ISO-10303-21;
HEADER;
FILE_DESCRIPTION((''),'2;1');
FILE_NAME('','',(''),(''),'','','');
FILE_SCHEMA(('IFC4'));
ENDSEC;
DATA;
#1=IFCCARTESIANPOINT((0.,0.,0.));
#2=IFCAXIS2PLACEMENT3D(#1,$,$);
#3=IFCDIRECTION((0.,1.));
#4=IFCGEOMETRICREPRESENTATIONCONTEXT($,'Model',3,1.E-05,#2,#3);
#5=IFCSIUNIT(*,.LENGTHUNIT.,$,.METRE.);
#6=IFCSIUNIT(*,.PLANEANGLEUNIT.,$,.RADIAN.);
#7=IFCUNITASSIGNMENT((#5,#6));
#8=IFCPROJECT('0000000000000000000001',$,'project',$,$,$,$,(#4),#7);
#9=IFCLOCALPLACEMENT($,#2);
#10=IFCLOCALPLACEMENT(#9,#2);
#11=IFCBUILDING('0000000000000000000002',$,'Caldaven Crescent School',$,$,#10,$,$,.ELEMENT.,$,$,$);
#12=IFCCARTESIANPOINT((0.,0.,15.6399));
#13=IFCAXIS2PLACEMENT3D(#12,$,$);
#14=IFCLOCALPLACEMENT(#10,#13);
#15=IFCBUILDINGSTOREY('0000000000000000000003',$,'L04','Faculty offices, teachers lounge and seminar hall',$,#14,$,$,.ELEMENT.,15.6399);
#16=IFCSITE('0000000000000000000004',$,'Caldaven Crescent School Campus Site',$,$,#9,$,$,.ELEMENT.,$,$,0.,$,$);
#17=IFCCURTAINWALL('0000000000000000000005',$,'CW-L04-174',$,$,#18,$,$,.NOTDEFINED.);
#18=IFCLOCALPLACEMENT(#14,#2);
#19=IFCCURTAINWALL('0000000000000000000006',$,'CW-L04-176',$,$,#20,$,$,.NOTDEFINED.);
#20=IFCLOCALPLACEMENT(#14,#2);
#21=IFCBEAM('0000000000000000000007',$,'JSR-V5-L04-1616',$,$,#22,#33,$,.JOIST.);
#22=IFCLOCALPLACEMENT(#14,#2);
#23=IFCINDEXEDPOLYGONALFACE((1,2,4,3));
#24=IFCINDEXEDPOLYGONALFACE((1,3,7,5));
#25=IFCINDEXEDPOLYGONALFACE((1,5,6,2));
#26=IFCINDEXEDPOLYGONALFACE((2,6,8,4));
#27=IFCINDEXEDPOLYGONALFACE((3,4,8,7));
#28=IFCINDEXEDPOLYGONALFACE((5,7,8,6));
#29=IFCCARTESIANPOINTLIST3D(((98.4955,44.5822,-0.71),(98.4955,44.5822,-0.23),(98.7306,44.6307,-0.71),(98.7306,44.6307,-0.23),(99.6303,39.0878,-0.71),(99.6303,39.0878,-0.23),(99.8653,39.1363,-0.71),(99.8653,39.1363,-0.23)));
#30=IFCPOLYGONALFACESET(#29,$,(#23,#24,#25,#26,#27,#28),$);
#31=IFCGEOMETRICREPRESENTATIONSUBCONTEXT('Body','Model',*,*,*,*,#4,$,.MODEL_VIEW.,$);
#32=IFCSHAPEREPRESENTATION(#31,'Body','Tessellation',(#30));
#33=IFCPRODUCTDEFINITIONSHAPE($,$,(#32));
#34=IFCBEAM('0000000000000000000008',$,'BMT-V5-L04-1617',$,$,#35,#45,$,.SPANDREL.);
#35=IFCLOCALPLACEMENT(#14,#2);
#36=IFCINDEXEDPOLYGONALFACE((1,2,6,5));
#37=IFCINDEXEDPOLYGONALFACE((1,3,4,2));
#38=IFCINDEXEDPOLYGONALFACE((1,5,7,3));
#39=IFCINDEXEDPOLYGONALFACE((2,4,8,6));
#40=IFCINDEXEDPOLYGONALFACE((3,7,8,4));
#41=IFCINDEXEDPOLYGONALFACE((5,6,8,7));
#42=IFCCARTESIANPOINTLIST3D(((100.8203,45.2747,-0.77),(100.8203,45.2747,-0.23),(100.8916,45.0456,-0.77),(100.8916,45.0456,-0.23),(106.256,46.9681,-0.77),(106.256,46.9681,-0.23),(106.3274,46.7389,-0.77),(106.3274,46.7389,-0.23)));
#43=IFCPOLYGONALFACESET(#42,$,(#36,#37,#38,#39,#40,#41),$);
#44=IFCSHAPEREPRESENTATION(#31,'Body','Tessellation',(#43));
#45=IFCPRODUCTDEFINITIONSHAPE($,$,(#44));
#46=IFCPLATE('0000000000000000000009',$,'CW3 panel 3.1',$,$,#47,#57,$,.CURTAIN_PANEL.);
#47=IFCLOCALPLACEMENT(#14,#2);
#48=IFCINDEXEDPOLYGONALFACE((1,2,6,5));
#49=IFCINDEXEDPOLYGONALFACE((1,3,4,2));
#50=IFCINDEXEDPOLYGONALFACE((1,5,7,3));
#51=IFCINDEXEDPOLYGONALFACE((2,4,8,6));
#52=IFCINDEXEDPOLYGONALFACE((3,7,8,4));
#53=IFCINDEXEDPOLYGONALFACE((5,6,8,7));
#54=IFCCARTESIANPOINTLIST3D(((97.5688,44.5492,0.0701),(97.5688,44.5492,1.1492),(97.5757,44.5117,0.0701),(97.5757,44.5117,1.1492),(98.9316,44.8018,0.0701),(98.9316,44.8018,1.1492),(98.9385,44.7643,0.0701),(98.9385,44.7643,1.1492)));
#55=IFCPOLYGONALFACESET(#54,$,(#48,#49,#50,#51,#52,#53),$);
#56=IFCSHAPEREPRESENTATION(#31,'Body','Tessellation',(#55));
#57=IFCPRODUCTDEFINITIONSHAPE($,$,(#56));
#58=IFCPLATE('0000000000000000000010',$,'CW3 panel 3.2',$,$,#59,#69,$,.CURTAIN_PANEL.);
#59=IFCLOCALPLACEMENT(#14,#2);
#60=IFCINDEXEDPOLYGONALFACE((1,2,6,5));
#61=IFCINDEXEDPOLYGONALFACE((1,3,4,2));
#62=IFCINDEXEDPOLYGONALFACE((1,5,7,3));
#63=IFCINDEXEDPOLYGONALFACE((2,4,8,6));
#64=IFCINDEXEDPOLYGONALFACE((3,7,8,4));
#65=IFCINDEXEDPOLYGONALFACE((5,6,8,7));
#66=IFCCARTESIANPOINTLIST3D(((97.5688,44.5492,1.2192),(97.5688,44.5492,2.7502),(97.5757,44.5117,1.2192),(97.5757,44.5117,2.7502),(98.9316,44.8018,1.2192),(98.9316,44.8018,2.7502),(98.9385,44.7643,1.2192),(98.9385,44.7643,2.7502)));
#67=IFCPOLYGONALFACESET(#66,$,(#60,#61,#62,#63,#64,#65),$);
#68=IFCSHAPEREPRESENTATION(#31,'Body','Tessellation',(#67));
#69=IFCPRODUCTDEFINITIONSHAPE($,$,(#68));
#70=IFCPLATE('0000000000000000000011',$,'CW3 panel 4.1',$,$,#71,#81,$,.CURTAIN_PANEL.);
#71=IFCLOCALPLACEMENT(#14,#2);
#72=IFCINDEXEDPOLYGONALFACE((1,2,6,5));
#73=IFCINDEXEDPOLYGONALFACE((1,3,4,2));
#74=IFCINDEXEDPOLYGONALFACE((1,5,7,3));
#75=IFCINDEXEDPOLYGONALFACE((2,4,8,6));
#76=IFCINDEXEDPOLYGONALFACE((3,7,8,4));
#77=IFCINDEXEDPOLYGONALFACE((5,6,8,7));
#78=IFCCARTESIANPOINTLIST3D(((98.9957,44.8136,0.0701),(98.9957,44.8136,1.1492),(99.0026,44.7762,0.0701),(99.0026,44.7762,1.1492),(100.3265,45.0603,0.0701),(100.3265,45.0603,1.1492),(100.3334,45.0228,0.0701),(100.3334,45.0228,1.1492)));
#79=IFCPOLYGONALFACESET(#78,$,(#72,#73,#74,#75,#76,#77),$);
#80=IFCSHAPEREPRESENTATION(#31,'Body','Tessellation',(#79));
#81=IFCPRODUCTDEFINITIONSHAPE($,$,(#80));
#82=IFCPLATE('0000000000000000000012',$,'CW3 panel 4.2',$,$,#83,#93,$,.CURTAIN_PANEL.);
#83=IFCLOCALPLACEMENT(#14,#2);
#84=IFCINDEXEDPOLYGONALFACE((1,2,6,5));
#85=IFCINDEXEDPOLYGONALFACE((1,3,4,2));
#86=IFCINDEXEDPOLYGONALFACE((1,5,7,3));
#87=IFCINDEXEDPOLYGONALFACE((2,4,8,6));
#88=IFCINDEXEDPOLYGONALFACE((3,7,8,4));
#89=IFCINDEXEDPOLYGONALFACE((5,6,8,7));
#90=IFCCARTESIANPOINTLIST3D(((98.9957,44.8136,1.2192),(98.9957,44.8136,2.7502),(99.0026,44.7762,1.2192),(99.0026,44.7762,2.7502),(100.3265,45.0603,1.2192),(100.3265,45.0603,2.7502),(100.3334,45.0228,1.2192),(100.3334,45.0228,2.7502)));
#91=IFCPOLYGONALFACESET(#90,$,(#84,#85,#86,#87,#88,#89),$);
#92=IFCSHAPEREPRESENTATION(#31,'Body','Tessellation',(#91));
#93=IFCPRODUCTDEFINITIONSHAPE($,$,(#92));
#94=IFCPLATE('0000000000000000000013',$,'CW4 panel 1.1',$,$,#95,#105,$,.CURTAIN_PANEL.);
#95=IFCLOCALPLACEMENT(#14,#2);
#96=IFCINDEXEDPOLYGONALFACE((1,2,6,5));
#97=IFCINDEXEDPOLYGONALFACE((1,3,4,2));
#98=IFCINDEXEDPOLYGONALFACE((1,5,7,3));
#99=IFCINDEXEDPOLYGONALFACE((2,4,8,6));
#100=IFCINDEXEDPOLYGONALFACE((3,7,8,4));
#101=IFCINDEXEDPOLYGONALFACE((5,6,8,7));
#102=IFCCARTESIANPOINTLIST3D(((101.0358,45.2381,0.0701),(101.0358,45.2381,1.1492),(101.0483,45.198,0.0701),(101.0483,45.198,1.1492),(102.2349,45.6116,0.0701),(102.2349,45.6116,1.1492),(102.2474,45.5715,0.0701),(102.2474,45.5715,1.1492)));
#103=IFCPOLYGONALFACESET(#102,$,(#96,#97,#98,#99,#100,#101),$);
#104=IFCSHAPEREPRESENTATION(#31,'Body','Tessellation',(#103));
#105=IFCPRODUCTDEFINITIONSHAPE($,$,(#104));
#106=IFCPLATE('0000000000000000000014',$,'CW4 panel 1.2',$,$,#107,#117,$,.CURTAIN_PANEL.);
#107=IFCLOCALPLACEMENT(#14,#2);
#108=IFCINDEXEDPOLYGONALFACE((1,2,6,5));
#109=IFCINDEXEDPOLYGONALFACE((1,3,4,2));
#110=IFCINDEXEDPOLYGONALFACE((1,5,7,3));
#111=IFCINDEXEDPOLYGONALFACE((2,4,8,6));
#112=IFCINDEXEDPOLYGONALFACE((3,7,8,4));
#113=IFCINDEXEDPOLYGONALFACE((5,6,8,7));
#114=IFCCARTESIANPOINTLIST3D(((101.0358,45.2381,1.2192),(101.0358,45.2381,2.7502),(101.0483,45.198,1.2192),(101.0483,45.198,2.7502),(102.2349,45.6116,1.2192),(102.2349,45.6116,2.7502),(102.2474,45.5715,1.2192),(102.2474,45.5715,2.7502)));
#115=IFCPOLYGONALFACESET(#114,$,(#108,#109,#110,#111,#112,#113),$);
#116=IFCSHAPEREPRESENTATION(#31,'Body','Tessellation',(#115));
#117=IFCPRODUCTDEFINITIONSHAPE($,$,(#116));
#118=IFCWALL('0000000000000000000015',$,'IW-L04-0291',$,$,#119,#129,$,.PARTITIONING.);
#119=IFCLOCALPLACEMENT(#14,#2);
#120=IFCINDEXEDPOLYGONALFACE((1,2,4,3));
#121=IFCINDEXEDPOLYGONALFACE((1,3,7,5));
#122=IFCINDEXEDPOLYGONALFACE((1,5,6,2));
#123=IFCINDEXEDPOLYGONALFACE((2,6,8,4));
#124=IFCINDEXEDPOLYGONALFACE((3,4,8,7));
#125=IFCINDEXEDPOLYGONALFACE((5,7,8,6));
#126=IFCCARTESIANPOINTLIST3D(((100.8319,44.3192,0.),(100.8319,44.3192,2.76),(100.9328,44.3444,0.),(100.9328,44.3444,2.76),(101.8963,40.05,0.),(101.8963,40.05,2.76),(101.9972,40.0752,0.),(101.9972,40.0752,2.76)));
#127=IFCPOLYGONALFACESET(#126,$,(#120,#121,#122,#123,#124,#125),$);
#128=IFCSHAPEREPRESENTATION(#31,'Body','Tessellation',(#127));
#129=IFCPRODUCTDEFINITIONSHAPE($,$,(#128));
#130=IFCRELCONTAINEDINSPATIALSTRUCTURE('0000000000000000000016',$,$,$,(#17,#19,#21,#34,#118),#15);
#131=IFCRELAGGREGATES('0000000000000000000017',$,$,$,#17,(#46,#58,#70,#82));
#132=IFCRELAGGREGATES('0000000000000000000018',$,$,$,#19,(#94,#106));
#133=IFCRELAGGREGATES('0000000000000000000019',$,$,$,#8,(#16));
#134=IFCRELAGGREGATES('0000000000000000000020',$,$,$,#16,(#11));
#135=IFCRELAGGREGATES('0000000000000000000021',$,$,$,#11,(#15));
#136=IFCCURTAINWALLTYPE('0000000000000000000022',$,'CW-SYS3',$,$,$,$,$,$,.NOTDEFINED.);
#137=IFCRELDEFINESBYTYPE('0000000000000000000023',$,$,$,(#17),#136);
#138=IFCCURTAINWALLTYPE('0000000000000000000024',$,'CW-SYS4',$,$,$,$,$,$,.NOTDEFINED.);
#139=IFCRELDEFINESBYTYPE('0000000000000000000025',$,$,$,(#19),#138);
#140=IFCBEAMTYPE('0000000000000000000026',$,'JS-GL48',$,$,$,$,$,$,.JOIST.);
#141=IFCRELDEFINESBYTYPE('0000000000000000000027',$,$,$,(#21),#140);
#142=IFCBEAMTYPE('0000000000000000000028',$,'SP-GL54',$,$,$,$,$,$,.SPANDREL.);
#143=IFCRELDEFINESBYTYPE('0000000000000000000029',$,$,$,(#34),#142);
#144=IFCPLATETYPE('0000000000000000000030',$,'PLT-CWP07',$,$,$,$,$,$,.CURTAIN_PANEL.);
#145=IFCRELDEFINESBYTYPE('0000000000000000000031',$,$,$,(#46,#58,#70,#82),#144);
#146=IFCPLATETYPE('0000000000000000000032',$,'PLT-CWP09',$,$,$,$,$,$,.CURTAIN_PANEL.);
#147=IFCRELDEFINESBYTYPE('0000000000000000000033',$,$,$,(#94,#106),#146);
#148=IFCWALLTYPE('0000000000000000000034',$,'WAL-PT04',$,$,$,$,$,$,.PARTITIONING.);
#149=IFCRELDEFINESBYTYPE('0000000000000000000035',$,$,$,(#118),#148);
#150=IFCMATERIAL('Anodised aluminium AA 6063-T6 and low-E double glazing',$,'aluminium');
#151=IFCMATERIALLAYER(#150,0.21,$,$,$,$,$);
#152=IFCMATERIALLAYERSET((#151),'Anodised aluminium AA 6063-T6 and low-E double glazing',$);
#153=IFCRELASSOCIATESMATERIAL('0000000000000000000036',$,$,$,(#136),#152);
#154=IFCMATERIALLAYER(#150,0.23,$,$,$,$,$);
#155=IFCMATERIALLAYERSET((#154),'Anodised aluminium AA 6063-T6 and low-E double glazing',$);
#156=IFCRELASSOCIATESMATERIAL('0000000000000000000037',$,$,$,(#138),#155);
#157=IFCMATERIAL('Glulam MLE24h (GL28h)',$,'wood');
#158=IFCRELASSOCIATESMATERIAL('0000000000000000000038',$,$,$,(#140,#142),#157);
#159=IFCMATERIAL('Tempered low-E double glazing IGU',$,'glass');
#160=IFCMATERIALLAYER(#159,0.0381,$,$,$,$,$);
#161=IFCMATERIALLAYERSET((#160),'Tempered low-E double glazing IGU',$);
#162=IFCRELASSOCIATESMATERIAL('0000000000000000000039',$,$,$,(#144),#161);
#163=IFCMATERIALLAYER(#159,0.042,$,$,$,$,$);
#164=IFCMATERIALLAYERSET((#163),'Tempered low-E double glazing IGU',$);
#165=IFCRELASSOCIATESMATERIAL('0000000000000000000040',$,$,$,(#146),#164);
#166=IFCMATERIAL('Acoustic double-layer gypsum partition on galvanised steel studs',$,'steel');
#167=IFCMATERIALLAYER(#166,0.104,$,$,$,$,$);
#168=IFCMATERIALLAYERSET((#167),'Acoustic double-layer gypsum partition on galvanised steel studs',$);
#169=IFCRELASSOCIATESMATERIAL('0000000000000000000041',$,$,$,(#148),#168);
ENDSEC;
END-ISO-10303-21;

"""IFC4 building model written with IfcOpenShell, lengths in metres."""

from ifc_helpers import new_model, si_unit, direction, frame, frame_2d, origin, origin_2d, place, context, subcontext, project, spatial, rectangle, extrude, material, layer, layer_set, material_profile, profile_set, type_object, element, aggregate, save


model = new_model("IFC4")

# Units and contexts
model_context = context("Model", 3, precision=1e-05, world=origin(), true_north=direction((0.0, 1.0)))
body_context = subcontext(model_context, "Body", "Model", "MODEL_VIEW")
ifc_project = project(units=[si_unit("LENGTHUNIT", "METRE"), si_unit("PLANEANGLEUNIT", "RADIAN")], contexts=[model_context])

# Site, building, storey
site_placement = place(None, origin())
site = spatial("IfcSite", under=ifc_project, at=site_placement, Name="Caldaven Crescent School Campus Site", CompositionType="ELEMENT", RefElevation=0.0)
building_placement = place(site_placement, origin())
building = spatial("IfcBuilding", under=site, at=building_placement, Name="Caldaven Crescent School", CompositionType="ELEMENT")
storey_placement = place(building_placement, frame((0.0, 0.0, 15.6399)))
storey = spatial("IfcBuildingStorey", under=building, at=storey_placement, Name="L04", Description="Faculty offices, teachers lounge and seminar hall", CompositionType="ELEMENT", Elevation=15.6399)

# Shared definitions
ifc_material_1 = material(Name="Glulam MLE24h (GL28h)", Category="wood")

# Curtain walls
ifc_material_2 = material(Name="Anodised aluminium AA 6063-T6 and low-E double glazing", Category="aluminium")
ifc_layer_1 = layer(ifc_material_2, 0.21)
ifc_layer_set_1 = layer_set([ifc_layer_1], Name="Anodised aluminium AA 6063-T6 and low-E double glazing")
curtain_wall_type_1 = type_object("IfcCurtainWallType", Name="CW-SYS3", PredefinedType="NOTDEFINED", material=ifc_layer_set_1)
curtain_wall_1_placement = place(storey_placement, origin())
curtain_wall_1 = element("IfcCurtainWall", 1, at=curtain_wall_1_placement, inside=storey, type_object=curtain_wall_type_1, Name="CW-L04-174", PredefinedType="NOTDEFINED")
ifc_layer_2 = layer(ifc_material_2, 0.23)
ifc_layer_set_2 = layer_set([ifc_layer_2], Name="Anodised aluminium AA 6063-T6 and low-E double glazing")
curtain_wall_type_2 = type_object("IfcCurtainWallType", Name="CW-SYS4", PredefinedType="NOTDEFINED", material=ifc_layer_set_2)
curtain_wall_2_placement = place(storey_placement, origin())
curtain_wall_2 = element("IfcCurtainWall", 2, at=curtain_wall_2_placement, inside=storey, type_object=curtain_wall_type_2, Name="CW-L04-176", PredefinedType="NOTDEFINED")

# Beams
ifc_material_profile_1 = material_profile(ifc_material_1, rectangle(XDim=0.24, YDim=0.48, at=origin_2d()), Name="MLE 240x480")
ifc_profile_set_1 = profile_set([ifc_material_profile_1], Name="Glulam MLE24h (GL28h)")
beam_type_1 = type_object("IfcBeamType", Name="JS-GL48", PredefinedType="JOIST", material=ifc_profile_set_1)
beam_1_placement = place(storey_placement, frame((98.613, 44.6064, -0.47), z_axis=(0.202263, -0.979331, 0.0), x_axis=(0.979331, 0.202263, 0.0)))
element("IfcBeam", 3, at=beam_1_placement, inside=storey, type_object=beam_type_1, Name="JSR-V5-L04-1616", PredefinedType="JOIST", context=body_context, shape_type="SweptSolid", body=[
    extrude(rectangle(XDim=0.24, YDim=0.48, at=origin_2d()), origin(), (0.0, 0.0, 1.0), 5.6104),
])
ifc_material_profile_2 = material_profile(ifc_material_1, rectangle(XDim=0.24, YDim=0.54, at=origin_2d()), Name="MLE 240x540")
ifc_profile_set_2 = profile_set([ifc_material_profile_2], Name="Glulam MLE24h (GL28h)")
beam_type_2 = type_object("IfcBeamType", Name="SP-GL54", PredefinedType="SPANDREL", material=ifc_profile_set_2)
beam_2_placement = place(storey_placement, frame((100.856, 45.1602, -0.5), z_axis=(0.954746, 0.297423, 0.0), x_axis=(-0.297423, 0.954746, 0.0)))
element("IfcBeam", 4, at=beam_2_placement, inside=storey, type_object=beam_type_2, Name="BMT-V5-L04-1617", PredefinedType="SPANDREL", context=body_context, shape_type="SweptSolid", body=[
    extrude(rectangle(XDim=0.24, YDim=0.54, at=origin_2d()), origin(), (0.0, 0.0, 1.0), 5.6934),
])

# Plates
ifc_material_3 = material(Name="Tempered low-E double glazing IGU", Category="glass")
ifc_layer_3 = layer(ifc_material_3, 0.0381)
ifc_layer_set_3 = layer_set([ifc_layer_3], Name="Tempered low-E double glazing IGU")
plate_type_1 = type_object("IfcPlateType", Name="PLT-CWP07", PredefinedType="CURTAIN_PANEL", material=ifc_layer_set_3)
plate_1_placement = place(storey_placement, frame((98.2537, 44.6567, 0.0701), z_axis=(0.0, 0.0, 1.0), x_axis=(0.983255, 0.182236, 0.0)))
plate_1 = element("IfcPlate", 5, at=plate_1_placement, type_object=plate_type_1, Name="CW3 panel 3.1", PredefinedType="CURTAIN_PANEL", context=body_context, shape_type="SweptSolid", body=[
    extrude(rectangle(XDim=1.386, YDim=0.0381, at=origin_2d()), origin(), (0.0, 0.0, 1.0), 1.0791),
])
plate_2_placement = place(storey_placement, frame((98.2537, 44.6567, 1.2192), z_axis=(0.0, 0.0, 1.0), x_axis=(0.983255, 0.182236, 0.0)))
plate_2 = element("IfcPlate", 6, at=plate_2_placement, type_object=plate_type_1, Name="CW3 panel 3.2", PredefinedType="CURTAIN_PANEL", context=body_context, shape_type="SweptSolid", body=[
    extrude(rectangle(XDim=1.386, YDim=0.0381, at=origin_2d()), origin(), (0.0, 0.0, 1.0), 1.531),
])
plate_3_placement = place(storey_placement, frame((99.6646, 44.9182, 0.0701), z_axis=(0.0, 0.0, 1.0), x_axis=(0.983255, 0.182236, 0.0)))
plate_3 = element("IfcPlate", 7, at=plate_3_placement, type_object=plate_type_1, Name="CW3 panel 4.1", PredefinedType="CURTAIN_PANEL", context=body_context, shape_type="SweptSolid", body=[
    extrude(rectangle(XDim=1.3535, YDim=0.0381, at=origin_2d()), origin(), (0.0, 0.0, 1.0), 1.0791),
])
plate_4_placement = place(storey_placement, frame((99.6646, 44.9182, 1.2192), z_axis=(0.0, 0.0, 1.0), x_axis=(0.983255, 0.182236, 0.0)))
plate_4 = element("IfcPlate", 8, at=plate_4_placement, type_object=plate_type_1, Name="CW3 panel 4.2", PredefinedType="CURTAIN_PANEL", context=body_context, shape_type="SweptSolid", body=[
    extrude(rectangle(XDim=1.3535, YDim=0.0381, at=origin_2d()), origin(), (0.0, 0.0, 1.0), 1.531),
])
aggregate(curtain_wall_1, [plate_1, plate_2, plate_3, plate_4])
ifc_layer_4 = layer(ifc_material_3, 0.042)
ifc_layer_set_4 = layer_set([ifc_layer_4], Name="Tempered low-E double glazing IGU")
plate_type_2 = type_object("IfcPlateType", Name="PLT-CWP09", PredefinedType="CURTAIN_PANEL", material=ifc_layer_set_4)
plate_5_placement = place(storey_placement, frame((101.6416, 45.4048, 0.0701), z_axis=(0.0, 0.0, 1.0), x_axis=(0.954747, 0.29742, 0.0)))
plate_5 = element("IfcPlate", 9, at=plate_5_placement, type_object=plate_type_2, Name="CW4 panel 1.1", PredefinedType="CURTAIN_PANEL", context=body_context, shape_type="SweptSolid", body=[
    extrude(rectangle(XDim=1.2559, YDim=0.042, at=origin_2d()), origin(), (0.0, 0.0, 1.0), 1.0791),
])
plate_6_placement = place(storey_placement, frame((101.6416, 45.4048, 1.2192), z_axis=(0.0, 0.0, 1.0), x_axis=(0.954747, 0.29742, 0.0)))
plate_6 = element("IfcPlate", 10, at=plate_6_placement, type_object=plate_type_2, Name="CW4 panel 1.2", PredefinedType="CURTAIN_PANEL", context=body_context, shape_type="SweptSolid", body=[
    extrude(rectangle(XDim=1.2559, YDim=0.042, at=origin_2d()), origin(), (0.0, 0.0, 1.0), 1.531),
])
aggregate(curtain_wall_2, [plate_5, plate_6])

# Wall
ifc_material_4 = material(Name="Acoustic double-layer gypsum partition on galvanised steel studs", Category="steel")
ifc_layer_5 = layer(ifc_material_4, 0.104)
ifc_layer_set_5 = layer_set([ifc_layer_5], Name="Acoustic double-layer gypsum partition on galvanised steel studs")
wall_type = type_object("IfcWallType", Name="WAL-PT04", PredefinedType="PARTITIONING", material=ifc_layer_set_5)
wall_placement = place(storey_placement, frame((100.8823, 44.3318, 0.0), z_axis=(0.0, 0.0, 1.0), x_axis=(0.241922, -0.970296, 0.0)))
element("IfcWall", 11, at=wall_placement, inside=storey, type_object=wall_type, Name="IW-L04-0291", PredefinedType="PARTITIONING", context=body_context, shape_type="SweptSolid", body=[
    extrude(rectangle(XDim=4.3999, YDim=0.104, at=frame_2d((2.2, 0.0))), origin(), (0.0, 0.0, 1.0), 2.76),
])

save(model, "model.ifc")
